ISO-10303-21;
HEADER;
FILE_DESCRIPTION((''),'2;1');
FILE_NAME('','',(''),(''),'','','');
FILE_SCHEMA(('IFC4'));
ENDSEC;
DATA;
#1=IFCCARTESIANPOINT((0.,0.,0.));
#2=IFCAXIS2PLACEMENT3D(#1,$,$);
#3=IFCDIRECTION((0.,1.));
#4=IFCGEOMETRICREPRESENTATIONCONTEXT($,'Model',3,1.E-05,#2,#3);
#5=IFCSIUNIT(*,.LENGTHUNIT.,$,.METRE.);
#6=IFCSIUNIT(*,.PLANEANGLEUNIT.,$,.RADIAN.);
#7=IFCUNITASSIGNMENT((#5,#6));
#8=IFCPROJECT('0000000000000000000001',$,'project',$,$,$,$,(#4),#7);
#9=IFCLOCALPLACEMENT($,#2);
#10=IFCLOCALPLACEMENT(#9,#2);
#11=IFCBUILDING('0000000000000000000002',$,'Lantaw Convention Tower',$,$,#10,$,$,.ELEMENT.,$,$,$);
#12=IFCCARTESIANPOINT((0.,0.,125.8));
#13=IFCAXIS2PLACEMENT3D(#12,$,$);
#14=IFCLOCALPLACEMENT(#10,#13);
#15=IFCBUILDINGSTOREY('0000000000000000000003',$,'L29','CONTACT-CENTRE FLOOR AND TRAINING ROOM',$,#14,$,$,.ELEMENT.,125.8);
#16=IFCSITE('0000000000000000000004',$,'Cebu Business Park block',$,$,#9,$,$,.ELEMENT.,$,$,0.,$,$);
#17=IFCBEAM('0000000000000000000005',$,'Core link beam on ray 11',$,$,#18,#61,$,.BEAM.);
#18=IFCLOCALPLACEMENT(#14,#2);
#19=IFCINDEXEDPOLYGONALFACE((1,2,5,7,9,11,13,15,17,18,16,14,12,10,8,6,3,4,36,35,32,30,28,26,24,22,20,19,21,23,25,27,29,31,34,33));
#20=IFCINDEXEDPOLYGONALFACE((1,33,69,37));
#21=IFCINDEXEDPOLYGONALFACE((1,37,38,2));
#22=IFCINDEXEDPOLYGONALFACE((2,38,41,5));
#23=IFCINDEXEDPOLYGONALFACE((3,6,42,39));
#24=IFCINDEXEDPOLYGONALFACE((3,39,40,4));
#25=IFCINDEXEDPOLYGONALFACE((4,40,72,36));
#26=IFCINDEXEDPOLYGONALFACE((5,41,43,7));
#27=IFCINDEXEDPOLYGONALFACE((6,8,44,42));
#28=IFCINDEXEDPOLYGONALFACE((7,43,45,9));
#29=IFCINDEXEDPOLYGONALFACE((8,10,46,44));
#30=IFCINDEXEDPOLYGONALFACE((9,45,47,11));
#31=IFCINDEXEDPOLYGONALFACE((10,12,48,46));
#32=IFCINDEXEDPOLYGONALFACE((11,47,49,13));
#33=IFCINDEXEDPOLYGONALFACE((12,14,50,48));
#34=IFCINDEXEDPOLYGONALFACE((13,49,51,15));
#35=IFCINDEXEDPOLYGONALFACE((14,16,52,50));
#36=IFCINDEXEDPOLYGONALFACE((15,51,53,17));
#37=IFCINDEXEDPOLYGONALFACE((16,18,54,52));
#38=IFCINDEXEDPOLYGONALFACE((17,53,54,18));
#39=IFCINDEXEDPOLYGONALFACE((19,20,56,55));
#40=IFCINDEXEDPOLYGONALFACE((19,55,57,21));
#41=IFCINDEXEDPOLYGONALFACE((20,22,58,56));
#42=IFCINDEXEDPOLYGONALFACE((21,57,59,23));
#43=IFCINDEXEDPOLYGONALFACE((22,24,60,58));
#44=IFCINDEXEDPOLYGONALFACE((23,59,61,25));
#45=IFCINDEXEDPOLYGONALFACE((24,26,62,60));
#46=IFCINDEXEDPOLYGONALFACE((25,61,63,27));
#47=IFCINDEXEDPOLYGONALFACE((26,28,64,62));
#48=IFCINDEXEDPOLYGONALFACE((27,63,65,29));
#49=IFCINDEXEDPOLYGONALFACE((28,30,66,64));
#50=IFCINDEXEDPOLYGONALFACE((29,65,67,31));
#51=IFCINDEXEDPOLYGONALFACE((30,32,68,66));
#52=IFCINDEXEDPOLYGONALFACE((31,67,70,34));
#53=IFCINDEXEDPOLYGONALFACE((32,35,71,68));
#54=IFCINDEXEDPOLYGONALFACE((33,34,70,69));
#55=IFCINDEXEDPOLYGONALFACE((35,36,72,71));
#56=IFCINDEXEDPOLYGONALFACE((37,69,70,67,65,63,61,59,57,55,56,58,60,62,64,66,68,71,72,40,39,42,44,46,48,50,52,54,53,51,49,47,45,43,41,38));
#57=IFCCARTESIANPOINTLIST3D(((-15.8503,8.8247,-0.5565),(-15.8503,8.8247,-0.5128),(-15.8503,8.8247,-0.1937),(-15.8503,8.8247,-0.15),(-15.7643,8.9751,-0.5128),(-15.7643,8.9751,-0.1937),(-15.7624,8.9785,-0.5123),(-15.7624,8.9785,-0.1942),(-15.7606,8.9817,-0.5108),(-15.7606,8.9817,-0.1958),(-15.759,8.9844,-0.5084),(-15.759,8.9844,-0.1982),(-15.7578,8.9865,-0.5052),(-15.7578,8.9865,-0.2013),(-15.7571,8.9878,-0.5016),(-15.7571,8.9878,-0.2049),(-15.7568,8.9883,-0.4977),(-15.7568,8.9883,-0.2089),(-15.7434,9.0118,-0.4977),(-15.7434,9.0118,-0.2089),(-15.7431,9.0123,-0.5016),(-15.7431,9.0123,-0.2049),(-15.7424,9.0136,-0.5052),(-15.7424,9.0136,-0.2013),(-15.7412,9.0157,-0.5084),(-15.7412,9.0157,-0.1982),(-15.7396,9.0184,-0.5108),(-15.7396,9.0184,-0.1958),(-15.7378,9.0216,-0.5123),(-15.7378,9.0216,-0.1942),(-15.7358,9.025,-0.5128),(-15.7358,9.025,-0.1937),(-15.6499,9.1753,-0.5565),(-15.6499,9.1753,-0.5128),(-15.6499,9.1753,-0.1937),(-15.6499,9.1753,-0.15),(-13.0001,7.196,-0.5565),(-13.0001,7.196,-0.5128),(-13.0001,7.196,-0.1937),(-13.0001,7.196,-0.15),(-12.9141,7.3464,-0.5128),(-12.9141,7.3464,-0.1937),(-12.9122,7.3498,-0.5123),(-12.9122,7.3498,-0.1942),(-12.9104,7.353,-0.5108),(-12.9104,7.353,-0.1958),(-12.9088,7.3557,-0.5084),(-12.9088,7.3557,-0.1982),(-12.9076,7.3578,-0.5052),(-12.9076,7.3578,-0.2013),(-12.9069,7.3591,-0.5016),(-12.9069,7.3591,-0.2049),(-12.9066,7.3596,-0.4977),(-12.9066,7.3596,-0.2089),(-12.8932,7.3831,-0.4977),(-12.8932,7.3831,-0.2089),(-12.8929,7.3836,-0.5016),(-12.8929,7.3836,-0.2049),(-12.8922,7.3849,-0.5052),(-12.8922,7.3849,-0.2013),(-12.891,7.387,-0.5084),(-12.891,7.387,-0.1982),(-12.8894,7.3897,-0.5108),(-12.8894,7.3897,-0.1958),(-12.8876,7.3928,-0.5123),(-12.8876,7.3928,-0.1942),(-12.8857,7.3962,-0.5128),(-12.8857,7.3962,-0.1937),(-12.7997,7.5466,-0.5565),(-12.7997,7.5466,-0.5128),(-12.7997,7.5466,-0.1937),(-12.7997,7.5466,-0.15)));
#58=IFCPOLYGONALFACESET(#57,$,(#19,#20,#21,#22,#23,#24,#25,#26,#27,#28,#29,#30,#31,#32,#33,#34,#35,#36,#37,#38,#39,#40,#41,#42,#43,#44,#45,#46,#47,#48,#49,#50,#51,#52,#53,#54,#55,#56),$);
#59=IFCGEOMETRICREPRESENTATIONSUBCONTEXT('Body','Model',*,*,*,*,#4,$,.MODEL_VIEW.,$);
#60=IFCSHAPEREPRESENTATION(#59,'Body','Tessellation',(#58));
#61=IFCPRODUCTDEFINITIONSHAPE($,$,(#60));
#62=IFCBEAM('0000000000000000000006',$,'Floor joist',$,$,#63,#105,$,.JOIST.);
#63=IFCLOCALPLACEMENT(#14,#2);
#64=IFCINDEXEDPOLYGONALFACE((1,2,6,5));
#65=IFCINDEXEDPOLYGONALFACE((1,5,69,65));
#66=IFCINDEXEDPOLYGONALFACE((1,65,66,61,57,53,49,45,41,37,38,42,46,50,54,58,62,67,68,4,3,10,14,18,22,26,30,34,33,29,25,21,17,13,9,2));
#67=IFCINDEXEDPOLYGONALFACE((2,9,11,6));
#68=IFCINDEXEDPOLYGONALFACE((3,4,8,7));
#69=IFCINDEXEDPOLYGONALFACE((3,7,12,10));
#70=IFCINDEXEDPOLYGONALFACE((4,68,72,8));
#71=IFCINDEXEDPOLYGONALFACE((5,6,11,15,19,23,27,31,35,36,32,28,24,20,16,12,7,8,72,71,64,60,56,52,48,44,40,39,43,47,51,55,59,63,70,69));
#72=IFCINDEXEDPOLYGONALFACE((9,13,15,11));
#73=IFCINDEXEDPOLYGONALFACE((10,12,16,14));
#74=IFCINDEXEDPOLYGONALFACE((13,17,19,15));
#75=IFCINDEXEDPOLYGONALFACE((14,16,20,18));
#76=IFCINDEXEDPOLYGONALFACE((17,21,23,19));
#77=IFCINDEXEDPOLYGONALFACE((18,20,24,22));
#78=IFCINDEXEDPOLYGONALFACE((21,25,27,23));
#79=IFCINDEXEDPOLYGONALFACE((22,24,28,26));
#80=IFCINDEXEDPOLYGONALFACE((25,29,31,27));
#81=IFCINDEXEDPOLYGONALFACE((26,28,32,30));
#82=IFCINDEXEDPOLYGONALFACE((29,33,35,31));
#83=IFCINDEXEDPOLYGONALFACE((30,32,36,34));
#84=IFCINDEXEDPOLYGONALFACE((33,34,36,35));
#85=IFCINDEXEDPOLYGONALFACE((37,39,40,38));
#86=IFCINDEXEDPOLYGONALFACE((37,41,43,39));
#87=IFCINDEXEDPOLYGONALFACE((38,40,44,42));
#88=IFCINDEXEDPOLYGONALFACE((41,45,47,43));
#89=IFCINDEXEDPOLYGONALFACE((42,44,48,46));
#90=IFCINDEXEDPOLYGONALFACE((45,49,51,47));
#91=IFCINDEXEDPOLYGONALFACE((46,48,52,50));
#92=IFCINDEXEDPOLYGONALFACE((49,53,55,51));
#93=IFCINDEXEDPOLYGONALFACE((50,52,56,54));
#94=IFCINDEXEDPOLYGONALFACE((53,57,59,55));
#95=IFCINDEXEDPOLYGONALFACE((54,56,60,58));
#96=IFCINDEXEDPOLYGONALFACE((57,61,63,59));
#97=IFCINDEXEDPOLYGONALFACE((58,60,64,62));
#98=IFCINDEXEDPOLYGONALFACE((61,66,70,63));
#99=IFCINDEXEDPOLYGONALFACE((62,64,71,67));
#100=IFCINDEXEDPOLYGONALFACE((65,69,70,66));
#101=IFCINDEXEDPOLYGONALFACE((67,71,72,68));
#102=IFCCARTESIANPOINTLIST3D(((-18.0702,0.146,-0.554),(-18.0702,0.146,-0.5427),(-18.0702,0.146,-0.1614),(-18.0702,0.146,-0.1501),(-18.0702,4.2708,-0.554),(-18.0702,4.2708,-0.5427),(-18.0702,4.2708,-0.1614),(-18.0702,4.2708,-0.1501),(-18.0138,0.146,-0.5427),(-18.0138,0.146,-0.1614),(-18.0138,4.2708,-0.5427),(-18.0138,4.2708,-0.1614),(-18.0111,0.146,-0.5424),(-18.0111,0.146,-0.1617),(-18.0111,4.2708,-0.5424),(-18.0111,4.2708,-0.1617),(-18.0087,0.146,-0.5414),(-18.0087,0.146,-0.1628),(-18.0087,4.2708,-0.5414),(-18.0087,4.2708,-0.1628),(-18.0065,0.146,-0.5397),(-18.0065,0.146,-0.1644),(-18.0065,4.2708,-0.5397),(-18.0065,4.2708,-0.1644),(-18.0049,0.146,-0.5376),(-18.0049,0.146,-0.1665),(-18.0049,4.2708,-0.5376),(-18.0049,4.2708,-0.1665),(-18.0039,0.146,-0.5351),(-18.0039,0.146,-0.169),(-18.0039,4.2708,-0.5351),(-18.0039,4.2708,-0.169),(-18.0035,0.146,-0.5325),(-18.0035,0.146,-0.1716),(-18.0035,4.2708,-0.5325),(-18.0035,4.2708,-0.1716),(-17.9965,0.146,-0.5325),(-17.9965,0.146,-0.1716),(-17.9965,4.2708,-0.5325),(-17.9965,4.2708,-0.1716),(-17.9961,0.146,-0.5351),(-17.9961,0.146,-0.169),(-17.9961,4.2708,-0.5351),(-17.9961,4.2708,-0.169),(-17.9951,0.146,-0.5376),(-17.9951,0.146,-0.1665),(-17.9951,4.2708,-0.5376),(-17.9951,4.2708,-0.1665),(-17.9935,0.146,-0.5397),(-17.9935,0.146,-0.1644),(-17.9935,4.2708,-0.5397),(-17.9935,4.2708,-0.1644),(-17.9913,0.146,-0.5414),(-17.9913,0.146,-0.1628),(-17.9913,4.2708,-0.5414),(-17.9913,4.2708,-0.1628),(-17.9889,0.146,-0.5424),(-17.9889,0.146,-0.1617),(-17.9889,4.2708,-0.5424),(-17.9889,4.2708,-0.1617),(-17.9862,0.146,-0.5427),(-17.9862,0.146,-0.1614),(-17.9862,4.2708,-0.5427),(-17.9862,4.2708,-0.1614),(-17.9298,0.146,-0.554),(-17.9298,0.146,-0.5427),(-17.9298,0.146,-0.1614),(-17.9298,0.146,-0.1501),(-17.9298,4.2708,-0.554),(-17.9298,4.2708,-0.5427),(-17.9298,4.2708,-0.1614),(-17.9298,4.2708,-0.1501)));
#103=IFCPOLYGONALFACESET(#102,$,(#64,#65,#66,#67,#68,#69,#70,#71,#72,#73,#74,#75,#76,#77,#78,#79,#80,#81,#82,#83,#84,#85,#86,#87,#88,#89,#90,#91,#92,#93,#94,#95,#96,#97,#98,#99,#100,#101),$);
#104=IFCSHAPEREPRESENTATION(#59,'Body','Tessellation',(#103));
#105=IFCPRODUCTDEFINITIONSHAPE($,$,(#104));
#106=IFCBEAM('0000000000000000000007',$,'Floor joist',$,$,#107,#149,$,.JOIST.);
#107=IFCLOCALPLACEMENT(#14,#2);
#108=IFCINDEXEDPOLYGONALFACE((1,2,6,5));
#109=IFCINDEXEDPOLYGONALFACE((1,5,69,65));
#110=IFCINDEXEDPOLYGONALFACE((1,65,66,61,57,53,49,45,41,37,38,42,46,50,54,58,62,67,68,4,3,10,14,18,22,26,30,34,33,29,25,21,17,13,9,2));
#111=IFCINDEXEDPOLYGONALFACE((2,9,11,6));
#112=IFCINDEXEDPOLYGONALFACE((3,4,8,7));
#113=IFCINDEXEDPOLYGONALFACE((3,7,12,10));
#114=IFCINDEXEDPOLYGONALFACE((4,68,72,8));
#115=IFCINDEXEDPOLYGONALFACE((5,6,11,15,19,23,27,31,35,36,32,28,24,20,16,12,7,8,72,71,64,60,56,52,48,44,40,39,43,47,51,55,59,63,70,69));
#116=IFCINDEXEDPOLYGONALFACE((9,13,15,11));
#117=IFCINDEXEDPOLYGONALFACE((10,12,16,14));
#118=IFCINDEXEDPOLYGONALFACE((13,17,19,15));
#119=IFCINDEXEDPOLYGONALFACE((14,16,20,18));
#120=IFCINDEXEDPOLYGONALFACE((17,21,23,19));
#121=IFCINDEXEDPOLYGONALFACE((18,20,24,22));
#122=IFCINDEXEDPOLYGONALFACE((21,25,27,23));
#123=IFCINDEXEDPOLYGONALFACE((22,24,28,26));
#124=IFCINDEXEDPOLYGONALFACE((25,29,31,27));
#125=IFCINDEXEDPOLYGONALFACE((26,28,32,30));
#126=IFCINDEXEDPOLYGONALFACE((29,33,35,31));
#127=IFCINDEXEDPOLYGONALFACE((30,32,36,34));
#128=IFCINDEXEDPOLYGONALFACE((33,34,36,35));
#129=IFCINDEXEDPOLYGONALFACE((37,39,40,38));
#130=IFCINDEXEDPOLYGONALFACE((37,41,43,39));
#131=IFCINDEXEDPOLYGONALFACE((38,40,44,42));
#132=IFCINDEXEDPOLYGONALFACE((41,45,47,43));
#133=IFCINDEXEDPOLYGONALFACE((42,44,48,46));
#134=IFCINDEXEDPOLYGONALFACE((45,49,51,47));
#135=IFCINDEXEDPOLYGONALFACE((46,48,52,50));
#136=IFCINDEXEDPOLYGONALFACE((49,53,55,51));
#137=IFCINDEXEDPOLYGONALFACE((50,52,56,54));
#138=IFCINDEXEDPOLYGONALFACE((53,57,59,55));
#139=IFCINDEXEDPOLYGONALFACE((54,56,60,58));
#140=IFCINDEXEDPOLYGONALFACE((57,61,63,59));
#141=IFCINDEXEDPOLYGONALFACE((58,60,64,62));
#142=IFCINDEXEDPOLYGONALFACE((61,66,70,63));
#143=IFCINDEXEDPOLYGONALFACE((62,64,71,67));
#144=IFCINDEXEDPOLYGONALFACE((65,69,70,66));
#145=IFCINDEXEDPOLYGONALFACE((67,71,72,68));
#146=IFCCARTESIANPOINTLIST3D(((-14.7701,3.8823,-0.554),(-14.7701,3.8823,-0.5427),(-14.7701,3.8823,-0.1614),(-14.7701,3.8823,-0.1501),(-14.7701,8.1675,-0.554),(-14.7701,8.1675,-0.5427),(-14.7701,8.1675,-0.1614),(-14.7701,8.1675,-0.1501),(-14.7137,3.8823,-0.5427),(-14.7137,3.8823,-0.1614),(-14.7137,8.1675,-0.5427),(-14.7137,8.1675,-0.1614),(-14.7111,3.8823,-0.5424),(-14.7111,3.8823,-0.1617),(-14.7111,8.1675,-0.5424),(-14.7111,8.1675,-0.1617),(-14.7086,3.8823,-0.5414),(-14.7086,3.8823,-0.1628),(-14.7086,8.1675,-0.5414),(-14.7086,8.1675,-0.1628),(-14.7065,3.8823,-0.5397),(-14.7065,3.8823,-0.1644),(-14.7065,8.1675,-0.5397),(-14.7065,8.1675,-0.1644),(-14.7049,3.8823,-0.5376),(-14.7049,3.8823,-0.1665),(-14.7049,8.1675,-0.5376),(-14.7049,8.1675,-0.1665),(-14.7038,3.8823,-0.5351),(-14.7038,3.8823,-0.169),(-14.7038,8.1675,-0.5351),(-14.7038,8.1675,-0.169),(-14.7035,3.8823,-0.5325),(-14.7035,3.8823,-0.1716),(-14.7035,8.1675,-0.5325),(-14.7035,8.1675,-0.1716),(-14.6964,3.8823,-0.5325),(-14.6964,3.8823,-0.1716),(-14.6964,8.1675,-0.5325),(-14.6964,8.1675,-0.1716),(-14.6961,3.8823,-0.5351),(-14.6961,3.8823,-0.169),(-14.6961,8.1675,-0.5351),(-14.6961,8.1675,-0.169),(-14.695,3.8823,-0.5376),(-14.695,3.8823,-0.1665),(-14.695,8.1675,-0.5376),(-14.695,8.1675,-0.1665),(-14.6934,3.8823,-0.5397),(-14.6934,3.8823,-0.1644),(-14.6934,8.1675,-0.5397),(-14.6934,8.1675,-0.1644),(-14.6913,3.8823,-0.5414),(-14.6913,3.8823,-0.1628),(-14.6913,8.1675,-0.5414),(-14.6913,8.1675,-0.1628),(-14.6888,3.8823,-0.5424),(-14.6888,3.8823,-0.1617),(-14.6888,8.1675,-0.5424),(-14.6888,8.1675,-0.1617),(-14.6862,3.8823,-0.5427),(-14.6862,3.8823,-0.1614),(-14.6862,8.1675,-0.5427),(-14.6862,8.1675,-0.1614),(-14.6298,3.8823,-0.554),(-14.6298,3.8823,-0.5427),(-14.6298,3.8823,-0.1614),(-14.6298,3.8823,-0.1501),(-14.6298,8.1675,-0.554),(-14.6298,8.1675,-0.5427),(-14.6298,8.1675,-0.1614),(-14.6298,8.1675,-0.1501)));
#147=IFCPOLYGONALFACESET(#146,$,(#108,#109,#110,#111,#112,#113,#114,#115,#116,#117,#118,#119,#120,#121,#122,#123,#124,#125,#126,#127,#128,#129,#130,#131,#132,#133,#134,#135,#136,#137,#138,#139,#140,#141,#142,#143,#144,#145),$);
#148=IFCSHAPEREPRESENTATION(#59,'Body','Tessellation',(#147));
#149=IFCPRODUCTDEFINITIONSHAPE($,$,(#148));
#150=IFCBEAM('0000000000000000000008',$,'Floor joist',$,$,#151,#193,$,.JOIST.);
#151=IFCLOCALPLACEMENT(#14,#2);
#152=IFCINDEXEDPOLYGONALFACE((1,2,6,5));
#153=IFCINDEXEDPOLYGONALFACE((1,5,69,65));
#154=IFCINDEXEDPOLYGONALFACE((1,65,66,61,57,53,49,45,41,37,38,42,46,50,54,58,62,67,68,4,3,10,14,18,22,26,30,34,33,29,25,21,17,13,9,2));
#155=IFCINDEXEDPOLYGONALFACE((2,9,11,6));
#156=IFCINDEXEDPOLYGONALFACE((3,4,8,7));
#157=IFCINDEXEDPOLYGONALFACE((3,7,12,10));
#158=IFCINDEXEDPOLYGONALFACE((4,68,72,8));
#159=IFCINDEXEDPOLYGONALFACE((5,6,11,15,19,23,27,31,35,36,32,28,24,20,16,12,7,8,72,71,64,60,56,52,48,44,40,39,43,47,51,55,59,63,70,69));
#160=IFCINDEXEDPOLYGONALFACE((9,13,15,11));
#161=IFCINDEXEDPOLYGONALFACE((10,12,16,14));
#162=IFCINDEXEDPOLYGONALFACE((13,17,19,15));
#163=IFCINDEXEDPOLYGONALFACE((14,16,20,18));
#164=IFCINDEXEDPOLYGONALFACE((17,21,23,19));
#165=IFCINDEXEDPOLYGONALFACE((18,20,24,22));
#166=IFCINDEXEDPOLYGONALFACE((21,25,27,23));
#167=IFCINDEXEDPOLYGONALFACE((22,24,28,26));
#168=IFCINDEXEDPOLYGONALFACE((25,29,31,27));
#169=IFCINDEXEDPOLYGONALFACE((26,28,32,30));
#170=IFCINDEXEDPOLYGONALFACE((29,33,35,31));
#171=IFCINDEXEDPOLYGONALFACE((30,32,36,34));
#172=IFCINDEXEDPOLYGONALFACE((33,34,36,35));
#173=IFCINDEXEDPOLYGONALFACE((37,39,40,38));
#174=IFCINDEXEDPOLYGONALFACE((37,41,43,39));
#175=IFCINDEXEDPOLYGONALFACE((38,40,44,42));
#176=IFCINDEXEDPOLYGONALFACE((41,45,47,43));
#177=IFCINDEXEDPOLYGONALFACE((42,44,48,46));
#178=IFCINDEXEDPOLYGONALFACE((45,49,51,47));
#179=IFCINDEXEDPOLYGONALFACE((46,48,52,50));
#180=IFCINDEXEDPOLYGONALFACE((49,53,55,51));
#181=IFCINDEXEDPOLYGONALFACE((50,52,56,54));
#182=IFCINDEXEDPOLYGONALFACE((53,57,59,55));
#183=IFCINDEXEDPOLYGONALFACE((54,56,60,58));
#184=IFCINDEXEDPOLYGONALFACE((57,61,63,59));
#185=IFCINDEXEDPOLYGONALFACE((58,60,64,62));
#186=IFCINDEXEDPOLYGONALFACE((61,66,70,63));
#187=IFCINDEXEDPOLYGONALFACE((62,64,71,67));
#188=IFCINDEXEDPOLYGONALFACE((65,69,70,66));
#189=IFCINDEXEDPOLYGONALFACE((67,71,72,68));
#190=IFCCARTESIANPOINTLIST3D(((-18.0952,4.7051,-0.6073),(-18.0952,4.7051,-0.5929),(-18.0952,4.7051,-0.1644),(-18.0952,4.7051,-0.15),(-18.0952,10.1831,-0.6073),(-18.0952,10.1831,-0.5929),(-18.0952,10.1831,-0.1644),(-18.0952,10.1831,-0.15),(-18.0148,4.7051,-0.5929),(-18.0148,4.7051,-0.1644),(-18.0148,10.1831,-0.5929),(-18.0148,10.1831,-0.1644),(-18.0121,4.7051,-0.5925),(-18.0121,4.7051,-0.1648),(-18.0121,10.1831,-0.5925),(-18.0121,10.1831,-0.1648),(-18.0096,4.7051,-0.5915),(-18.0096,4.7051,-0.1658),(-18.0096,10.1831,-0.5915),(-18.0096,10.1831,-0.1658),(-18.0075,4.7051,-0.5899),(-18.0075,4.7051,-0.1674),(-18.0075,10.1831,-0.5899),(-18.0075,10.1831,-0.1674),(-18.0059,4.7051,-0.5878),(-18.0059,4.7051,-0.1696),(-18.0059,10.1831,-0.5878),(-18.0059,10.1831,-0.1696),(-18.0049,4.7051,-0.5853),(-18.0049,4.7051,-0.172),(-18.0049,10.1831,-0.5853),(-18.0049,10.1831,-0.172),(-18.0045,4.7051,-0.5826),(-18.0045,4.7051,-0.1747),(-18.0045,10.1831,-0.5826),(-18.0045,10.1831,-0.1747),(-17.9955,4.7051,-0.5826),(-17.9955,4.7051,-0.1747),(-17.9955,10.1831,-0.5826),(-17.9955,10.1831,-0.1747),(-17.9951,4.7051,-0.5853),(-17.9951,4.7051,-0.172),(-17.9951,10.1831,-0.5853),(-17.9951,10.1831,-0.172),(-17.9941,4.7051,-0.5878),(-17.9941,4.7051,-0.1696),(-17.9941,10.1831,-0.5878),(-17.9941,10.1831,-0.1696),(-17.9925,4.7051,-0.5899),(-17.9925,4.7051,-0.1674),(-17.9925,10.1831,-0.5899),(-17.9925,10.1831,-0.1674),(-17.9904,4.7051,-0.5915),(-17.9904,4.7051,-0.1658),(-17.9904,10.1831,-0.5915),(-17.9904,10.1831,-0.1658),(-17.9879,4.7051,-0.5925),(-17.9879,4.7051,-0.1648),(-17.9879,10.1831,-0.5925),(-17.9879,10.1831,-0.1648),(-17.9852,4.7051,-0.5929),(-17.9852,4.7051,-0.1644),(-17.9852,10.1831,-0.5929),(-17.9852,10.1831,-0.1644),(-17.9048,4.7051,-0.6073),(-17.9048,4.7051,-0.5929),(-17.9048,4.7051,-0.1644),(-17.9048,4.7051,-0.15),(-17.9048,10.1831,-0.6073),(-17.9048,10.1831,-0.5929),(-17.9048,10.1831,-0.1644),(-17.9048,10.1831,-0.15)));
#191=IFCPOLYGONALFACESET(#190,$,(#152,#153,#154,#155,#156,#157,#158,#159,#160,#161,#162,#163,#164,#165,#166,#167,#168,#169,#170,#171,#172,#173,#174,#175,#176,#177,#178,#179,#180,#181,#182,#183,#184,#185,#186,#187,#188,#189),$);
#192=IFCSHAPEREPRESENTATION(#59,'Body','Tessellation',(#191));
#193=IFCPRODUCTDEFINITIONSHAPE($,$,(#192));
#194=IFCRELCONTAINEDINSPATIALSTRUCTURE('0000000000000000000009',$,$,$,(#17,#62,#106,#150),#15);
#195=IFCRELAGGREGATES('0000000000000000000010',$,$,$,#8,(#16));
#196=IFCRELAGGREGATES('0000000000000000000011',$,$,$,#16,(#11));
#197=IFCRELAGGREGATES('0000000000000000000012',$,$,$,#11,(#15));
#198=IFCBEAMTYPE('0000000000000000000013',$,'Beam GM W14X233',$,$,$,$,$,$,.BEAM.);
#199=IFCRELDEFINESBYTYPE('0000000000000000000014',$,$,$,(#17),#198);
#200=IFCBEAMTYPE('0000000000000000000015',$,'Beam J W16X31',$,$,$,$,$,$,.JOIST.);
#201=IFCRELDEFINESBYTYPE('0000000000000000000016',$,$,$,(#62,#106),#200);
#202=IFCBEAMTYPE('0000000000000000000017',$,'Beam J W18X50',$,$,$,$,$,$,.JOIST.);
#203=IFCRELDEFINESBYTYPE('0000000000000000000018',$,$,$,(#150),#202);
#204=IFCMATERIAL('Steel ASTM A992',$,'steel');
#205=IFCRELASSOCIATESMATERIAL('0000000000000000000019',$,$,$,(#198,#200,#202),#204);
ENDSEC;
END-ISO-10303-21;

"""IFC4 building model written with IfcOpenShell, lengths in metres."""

from ifc_helpers import new_model, si_unit, direction, frame, origin, origin_2d, place, context, subcontext, project, spatial, i_section, extrude, material, material_profile, profile_set, type_object, element, save


model = new_model("IFC4")

# Units and contexts
model_context = context("Model", 3, precision=1e-05, world=origin(), true_north=direction((0.0, 1.0)))
body_context = subcontext(model_context, "Body", "Model", "MODEL_VIEW")
ifc_project = project(units=[si_unit("LENGTHUNIT", "METRE"), si_unit("PLANEANGLEUNIT", "RADIAN")], contexts=[model_context])

# Site, building, storey
site_placement = place(None, origin())
site = spatial("IfcSite", under=ifc_project, at=site_placement, Name="Cebu Business Park block", CompositionType="ELEMENT", RefElevation=0.0)
building_placement = place(site_placement, origin())
building = spatial("IfcBuilding", under=site, at=building_placement, Name="Lantaw Convention Tower", CompositionType="ELEMENT")
storey_placement = place(building_placement, frame((0.0, 0.0, 125.8)))
storey = spatial("IfcBuildingStorey", under=building, at=storey_placement, Name="L29", Description="CONTACT-CENTRE FLOOR AND TRAINING ROOM", CompositionType="ELEMENT", Elevation=125.8)

# Beams
ifc_material_1 = material(Name="Steel ASTM A992", Category="steel")
ifc_material_profile_1 = material_profile(ifc_material_1, i_section(OverallWidth=0.4038, OverallDepth=0.4065, WebThickness=0.0271, FlangeThickness=0.0437, FilletRadius=0.0151, at=origin_2d()), Name="W14X233")
ifc_profile_set_1 = profile_set([ifc_material_profile_1], Name="Steel ASTM A992")
beam_type_1 = type_object("IfcBeamType", Name="Beam GM W14X233", PredefinedType="BEAM", material=ifc_profile_set_1)
beam_1_placement = place(storey_placement, frame((-12.8999, 7.3713, -0.3533), z_axis=(-0.868239, 0.496147, 0.0), x_axis=(-0.496147, -0.868239, 0.0)))
element("IfcBeam", 1, at=beam_1_placement, inside=storey, type_object=beam_type_1, Name="Core link beam on ray 11", PredefinedType="BEAM", context=body_context, shape_type="SweptSolid", body=[
    extrude(i_section(OverallWidth=0.4038, OverallDepth=0.4065, WebThickness=0.0271, FlangeThickness=0.0437, FilletRadius=0.0151, at=origin_2d()), origin(), (0.0, 0.0, 1.0), 3.2827),
])
ifc_material_profile_2 = material_profile(ifc_material_1, i_section(OverallWidth=0.1404, OverallDepth=0.4038, WebThickness=0.0071, FlangeThickness=0.0112, FilletRadius=0.0103, at=origin_2d()), Name="W16X31")
ifc_profile_set_2 = profile_set([ifc_material_profile_2], Name="Steel ASTM A992")
beam_type_2 = type_object("IfcBeamType", Name="Beam J W16X31", PredefinedType="JOIST", material=ifc_profile_set_2)
beam_2_placement = place(storey_placement, frame((-18.0, 0.146, -0.3521), z_axis=(0.0, 1.0, 0.0), x_axis=(-1.0, 0.0, 0.0)))
element("IfcBeam", 2, at=beam_2_placement, inside=storey, type_object=beam_type_2, Name="Floor joist", PredefinedType="JOIST", context=body_context, shape_type="SweptSolid", body=[
    extrude(i_section(OverallWidth=0.1404, OverallDepth=0.4038, WebThickness=0.0071, FlangeThickness=0.0112, FilletRadius=0.0103, at=origin_2d()), origin(), (0.0, 0.0, 1.0), 4.1248),
])
beam_3_placement = place(storey_placement, frame((-14.7, 3.8823, -0.3521), z_axis=(0.0, 1.0, 0.0), x_axis=(-1.0, 0.0, 0.0)))
element("IfcBeam", 3, at=beam_3_placement, inside=storey, type_object=beam_type_2, Name="Floor joist", PredefinedType="JOIST", context=body_context, shape_type="SweptSolid", body=[
    extrude(i_section(OverallWidth=0.1404, OverallDepth=0.4038, WebThickness=0.0071, FlangeThickness=0.0112, FilletRadius=0.0103, at=origin_2d()), origin(), (0.0, 0.0, 1.0), 4.2852),
])
ifc_material_profile_3 = material_profile(ifc_material_1, i_section(OverallWidth=0.1904, OverallDepth=0.4573, WebThickness=0.009, FlangeThickness=0.0144, FilletRadius=0.0103, at=origin_2d()), Name="W18X50")
ifc_profile_set_3 = profile_set([ifc_material_profile_3], Name="Steel ASTM A992")
beam_type_3 = type_object("IfcBeamType", Name="Beam J W18X50", PredefinedType="JOIST", material=ifc_profile_set_3)
beam_4_placement = place(storey_placement, frame((-18.0, 4.7051, -0.3787), z_axis=(0.0, 1.0, 0.0), x_axis=(-1.0, 0.0, 0.0)))
element("IfcBeam", 4, at=beam_4_placement, inside=storey, type_object=beam_type_3, Name="Floor joist", PredefinedType="JOIST", context=body_context, shape_type="SweptSolid", body=[
    extrude(i_section(OverallWidth=0.1904, OverallDepth=0.4573, WebThickness=0.009, FlangeThickness=0.0144, FilletRadius=0.0103, at=origin_2d()), origin(), (0.0, 0.0, 1.0), 5.478),
])

save(model, "model.ifc")
